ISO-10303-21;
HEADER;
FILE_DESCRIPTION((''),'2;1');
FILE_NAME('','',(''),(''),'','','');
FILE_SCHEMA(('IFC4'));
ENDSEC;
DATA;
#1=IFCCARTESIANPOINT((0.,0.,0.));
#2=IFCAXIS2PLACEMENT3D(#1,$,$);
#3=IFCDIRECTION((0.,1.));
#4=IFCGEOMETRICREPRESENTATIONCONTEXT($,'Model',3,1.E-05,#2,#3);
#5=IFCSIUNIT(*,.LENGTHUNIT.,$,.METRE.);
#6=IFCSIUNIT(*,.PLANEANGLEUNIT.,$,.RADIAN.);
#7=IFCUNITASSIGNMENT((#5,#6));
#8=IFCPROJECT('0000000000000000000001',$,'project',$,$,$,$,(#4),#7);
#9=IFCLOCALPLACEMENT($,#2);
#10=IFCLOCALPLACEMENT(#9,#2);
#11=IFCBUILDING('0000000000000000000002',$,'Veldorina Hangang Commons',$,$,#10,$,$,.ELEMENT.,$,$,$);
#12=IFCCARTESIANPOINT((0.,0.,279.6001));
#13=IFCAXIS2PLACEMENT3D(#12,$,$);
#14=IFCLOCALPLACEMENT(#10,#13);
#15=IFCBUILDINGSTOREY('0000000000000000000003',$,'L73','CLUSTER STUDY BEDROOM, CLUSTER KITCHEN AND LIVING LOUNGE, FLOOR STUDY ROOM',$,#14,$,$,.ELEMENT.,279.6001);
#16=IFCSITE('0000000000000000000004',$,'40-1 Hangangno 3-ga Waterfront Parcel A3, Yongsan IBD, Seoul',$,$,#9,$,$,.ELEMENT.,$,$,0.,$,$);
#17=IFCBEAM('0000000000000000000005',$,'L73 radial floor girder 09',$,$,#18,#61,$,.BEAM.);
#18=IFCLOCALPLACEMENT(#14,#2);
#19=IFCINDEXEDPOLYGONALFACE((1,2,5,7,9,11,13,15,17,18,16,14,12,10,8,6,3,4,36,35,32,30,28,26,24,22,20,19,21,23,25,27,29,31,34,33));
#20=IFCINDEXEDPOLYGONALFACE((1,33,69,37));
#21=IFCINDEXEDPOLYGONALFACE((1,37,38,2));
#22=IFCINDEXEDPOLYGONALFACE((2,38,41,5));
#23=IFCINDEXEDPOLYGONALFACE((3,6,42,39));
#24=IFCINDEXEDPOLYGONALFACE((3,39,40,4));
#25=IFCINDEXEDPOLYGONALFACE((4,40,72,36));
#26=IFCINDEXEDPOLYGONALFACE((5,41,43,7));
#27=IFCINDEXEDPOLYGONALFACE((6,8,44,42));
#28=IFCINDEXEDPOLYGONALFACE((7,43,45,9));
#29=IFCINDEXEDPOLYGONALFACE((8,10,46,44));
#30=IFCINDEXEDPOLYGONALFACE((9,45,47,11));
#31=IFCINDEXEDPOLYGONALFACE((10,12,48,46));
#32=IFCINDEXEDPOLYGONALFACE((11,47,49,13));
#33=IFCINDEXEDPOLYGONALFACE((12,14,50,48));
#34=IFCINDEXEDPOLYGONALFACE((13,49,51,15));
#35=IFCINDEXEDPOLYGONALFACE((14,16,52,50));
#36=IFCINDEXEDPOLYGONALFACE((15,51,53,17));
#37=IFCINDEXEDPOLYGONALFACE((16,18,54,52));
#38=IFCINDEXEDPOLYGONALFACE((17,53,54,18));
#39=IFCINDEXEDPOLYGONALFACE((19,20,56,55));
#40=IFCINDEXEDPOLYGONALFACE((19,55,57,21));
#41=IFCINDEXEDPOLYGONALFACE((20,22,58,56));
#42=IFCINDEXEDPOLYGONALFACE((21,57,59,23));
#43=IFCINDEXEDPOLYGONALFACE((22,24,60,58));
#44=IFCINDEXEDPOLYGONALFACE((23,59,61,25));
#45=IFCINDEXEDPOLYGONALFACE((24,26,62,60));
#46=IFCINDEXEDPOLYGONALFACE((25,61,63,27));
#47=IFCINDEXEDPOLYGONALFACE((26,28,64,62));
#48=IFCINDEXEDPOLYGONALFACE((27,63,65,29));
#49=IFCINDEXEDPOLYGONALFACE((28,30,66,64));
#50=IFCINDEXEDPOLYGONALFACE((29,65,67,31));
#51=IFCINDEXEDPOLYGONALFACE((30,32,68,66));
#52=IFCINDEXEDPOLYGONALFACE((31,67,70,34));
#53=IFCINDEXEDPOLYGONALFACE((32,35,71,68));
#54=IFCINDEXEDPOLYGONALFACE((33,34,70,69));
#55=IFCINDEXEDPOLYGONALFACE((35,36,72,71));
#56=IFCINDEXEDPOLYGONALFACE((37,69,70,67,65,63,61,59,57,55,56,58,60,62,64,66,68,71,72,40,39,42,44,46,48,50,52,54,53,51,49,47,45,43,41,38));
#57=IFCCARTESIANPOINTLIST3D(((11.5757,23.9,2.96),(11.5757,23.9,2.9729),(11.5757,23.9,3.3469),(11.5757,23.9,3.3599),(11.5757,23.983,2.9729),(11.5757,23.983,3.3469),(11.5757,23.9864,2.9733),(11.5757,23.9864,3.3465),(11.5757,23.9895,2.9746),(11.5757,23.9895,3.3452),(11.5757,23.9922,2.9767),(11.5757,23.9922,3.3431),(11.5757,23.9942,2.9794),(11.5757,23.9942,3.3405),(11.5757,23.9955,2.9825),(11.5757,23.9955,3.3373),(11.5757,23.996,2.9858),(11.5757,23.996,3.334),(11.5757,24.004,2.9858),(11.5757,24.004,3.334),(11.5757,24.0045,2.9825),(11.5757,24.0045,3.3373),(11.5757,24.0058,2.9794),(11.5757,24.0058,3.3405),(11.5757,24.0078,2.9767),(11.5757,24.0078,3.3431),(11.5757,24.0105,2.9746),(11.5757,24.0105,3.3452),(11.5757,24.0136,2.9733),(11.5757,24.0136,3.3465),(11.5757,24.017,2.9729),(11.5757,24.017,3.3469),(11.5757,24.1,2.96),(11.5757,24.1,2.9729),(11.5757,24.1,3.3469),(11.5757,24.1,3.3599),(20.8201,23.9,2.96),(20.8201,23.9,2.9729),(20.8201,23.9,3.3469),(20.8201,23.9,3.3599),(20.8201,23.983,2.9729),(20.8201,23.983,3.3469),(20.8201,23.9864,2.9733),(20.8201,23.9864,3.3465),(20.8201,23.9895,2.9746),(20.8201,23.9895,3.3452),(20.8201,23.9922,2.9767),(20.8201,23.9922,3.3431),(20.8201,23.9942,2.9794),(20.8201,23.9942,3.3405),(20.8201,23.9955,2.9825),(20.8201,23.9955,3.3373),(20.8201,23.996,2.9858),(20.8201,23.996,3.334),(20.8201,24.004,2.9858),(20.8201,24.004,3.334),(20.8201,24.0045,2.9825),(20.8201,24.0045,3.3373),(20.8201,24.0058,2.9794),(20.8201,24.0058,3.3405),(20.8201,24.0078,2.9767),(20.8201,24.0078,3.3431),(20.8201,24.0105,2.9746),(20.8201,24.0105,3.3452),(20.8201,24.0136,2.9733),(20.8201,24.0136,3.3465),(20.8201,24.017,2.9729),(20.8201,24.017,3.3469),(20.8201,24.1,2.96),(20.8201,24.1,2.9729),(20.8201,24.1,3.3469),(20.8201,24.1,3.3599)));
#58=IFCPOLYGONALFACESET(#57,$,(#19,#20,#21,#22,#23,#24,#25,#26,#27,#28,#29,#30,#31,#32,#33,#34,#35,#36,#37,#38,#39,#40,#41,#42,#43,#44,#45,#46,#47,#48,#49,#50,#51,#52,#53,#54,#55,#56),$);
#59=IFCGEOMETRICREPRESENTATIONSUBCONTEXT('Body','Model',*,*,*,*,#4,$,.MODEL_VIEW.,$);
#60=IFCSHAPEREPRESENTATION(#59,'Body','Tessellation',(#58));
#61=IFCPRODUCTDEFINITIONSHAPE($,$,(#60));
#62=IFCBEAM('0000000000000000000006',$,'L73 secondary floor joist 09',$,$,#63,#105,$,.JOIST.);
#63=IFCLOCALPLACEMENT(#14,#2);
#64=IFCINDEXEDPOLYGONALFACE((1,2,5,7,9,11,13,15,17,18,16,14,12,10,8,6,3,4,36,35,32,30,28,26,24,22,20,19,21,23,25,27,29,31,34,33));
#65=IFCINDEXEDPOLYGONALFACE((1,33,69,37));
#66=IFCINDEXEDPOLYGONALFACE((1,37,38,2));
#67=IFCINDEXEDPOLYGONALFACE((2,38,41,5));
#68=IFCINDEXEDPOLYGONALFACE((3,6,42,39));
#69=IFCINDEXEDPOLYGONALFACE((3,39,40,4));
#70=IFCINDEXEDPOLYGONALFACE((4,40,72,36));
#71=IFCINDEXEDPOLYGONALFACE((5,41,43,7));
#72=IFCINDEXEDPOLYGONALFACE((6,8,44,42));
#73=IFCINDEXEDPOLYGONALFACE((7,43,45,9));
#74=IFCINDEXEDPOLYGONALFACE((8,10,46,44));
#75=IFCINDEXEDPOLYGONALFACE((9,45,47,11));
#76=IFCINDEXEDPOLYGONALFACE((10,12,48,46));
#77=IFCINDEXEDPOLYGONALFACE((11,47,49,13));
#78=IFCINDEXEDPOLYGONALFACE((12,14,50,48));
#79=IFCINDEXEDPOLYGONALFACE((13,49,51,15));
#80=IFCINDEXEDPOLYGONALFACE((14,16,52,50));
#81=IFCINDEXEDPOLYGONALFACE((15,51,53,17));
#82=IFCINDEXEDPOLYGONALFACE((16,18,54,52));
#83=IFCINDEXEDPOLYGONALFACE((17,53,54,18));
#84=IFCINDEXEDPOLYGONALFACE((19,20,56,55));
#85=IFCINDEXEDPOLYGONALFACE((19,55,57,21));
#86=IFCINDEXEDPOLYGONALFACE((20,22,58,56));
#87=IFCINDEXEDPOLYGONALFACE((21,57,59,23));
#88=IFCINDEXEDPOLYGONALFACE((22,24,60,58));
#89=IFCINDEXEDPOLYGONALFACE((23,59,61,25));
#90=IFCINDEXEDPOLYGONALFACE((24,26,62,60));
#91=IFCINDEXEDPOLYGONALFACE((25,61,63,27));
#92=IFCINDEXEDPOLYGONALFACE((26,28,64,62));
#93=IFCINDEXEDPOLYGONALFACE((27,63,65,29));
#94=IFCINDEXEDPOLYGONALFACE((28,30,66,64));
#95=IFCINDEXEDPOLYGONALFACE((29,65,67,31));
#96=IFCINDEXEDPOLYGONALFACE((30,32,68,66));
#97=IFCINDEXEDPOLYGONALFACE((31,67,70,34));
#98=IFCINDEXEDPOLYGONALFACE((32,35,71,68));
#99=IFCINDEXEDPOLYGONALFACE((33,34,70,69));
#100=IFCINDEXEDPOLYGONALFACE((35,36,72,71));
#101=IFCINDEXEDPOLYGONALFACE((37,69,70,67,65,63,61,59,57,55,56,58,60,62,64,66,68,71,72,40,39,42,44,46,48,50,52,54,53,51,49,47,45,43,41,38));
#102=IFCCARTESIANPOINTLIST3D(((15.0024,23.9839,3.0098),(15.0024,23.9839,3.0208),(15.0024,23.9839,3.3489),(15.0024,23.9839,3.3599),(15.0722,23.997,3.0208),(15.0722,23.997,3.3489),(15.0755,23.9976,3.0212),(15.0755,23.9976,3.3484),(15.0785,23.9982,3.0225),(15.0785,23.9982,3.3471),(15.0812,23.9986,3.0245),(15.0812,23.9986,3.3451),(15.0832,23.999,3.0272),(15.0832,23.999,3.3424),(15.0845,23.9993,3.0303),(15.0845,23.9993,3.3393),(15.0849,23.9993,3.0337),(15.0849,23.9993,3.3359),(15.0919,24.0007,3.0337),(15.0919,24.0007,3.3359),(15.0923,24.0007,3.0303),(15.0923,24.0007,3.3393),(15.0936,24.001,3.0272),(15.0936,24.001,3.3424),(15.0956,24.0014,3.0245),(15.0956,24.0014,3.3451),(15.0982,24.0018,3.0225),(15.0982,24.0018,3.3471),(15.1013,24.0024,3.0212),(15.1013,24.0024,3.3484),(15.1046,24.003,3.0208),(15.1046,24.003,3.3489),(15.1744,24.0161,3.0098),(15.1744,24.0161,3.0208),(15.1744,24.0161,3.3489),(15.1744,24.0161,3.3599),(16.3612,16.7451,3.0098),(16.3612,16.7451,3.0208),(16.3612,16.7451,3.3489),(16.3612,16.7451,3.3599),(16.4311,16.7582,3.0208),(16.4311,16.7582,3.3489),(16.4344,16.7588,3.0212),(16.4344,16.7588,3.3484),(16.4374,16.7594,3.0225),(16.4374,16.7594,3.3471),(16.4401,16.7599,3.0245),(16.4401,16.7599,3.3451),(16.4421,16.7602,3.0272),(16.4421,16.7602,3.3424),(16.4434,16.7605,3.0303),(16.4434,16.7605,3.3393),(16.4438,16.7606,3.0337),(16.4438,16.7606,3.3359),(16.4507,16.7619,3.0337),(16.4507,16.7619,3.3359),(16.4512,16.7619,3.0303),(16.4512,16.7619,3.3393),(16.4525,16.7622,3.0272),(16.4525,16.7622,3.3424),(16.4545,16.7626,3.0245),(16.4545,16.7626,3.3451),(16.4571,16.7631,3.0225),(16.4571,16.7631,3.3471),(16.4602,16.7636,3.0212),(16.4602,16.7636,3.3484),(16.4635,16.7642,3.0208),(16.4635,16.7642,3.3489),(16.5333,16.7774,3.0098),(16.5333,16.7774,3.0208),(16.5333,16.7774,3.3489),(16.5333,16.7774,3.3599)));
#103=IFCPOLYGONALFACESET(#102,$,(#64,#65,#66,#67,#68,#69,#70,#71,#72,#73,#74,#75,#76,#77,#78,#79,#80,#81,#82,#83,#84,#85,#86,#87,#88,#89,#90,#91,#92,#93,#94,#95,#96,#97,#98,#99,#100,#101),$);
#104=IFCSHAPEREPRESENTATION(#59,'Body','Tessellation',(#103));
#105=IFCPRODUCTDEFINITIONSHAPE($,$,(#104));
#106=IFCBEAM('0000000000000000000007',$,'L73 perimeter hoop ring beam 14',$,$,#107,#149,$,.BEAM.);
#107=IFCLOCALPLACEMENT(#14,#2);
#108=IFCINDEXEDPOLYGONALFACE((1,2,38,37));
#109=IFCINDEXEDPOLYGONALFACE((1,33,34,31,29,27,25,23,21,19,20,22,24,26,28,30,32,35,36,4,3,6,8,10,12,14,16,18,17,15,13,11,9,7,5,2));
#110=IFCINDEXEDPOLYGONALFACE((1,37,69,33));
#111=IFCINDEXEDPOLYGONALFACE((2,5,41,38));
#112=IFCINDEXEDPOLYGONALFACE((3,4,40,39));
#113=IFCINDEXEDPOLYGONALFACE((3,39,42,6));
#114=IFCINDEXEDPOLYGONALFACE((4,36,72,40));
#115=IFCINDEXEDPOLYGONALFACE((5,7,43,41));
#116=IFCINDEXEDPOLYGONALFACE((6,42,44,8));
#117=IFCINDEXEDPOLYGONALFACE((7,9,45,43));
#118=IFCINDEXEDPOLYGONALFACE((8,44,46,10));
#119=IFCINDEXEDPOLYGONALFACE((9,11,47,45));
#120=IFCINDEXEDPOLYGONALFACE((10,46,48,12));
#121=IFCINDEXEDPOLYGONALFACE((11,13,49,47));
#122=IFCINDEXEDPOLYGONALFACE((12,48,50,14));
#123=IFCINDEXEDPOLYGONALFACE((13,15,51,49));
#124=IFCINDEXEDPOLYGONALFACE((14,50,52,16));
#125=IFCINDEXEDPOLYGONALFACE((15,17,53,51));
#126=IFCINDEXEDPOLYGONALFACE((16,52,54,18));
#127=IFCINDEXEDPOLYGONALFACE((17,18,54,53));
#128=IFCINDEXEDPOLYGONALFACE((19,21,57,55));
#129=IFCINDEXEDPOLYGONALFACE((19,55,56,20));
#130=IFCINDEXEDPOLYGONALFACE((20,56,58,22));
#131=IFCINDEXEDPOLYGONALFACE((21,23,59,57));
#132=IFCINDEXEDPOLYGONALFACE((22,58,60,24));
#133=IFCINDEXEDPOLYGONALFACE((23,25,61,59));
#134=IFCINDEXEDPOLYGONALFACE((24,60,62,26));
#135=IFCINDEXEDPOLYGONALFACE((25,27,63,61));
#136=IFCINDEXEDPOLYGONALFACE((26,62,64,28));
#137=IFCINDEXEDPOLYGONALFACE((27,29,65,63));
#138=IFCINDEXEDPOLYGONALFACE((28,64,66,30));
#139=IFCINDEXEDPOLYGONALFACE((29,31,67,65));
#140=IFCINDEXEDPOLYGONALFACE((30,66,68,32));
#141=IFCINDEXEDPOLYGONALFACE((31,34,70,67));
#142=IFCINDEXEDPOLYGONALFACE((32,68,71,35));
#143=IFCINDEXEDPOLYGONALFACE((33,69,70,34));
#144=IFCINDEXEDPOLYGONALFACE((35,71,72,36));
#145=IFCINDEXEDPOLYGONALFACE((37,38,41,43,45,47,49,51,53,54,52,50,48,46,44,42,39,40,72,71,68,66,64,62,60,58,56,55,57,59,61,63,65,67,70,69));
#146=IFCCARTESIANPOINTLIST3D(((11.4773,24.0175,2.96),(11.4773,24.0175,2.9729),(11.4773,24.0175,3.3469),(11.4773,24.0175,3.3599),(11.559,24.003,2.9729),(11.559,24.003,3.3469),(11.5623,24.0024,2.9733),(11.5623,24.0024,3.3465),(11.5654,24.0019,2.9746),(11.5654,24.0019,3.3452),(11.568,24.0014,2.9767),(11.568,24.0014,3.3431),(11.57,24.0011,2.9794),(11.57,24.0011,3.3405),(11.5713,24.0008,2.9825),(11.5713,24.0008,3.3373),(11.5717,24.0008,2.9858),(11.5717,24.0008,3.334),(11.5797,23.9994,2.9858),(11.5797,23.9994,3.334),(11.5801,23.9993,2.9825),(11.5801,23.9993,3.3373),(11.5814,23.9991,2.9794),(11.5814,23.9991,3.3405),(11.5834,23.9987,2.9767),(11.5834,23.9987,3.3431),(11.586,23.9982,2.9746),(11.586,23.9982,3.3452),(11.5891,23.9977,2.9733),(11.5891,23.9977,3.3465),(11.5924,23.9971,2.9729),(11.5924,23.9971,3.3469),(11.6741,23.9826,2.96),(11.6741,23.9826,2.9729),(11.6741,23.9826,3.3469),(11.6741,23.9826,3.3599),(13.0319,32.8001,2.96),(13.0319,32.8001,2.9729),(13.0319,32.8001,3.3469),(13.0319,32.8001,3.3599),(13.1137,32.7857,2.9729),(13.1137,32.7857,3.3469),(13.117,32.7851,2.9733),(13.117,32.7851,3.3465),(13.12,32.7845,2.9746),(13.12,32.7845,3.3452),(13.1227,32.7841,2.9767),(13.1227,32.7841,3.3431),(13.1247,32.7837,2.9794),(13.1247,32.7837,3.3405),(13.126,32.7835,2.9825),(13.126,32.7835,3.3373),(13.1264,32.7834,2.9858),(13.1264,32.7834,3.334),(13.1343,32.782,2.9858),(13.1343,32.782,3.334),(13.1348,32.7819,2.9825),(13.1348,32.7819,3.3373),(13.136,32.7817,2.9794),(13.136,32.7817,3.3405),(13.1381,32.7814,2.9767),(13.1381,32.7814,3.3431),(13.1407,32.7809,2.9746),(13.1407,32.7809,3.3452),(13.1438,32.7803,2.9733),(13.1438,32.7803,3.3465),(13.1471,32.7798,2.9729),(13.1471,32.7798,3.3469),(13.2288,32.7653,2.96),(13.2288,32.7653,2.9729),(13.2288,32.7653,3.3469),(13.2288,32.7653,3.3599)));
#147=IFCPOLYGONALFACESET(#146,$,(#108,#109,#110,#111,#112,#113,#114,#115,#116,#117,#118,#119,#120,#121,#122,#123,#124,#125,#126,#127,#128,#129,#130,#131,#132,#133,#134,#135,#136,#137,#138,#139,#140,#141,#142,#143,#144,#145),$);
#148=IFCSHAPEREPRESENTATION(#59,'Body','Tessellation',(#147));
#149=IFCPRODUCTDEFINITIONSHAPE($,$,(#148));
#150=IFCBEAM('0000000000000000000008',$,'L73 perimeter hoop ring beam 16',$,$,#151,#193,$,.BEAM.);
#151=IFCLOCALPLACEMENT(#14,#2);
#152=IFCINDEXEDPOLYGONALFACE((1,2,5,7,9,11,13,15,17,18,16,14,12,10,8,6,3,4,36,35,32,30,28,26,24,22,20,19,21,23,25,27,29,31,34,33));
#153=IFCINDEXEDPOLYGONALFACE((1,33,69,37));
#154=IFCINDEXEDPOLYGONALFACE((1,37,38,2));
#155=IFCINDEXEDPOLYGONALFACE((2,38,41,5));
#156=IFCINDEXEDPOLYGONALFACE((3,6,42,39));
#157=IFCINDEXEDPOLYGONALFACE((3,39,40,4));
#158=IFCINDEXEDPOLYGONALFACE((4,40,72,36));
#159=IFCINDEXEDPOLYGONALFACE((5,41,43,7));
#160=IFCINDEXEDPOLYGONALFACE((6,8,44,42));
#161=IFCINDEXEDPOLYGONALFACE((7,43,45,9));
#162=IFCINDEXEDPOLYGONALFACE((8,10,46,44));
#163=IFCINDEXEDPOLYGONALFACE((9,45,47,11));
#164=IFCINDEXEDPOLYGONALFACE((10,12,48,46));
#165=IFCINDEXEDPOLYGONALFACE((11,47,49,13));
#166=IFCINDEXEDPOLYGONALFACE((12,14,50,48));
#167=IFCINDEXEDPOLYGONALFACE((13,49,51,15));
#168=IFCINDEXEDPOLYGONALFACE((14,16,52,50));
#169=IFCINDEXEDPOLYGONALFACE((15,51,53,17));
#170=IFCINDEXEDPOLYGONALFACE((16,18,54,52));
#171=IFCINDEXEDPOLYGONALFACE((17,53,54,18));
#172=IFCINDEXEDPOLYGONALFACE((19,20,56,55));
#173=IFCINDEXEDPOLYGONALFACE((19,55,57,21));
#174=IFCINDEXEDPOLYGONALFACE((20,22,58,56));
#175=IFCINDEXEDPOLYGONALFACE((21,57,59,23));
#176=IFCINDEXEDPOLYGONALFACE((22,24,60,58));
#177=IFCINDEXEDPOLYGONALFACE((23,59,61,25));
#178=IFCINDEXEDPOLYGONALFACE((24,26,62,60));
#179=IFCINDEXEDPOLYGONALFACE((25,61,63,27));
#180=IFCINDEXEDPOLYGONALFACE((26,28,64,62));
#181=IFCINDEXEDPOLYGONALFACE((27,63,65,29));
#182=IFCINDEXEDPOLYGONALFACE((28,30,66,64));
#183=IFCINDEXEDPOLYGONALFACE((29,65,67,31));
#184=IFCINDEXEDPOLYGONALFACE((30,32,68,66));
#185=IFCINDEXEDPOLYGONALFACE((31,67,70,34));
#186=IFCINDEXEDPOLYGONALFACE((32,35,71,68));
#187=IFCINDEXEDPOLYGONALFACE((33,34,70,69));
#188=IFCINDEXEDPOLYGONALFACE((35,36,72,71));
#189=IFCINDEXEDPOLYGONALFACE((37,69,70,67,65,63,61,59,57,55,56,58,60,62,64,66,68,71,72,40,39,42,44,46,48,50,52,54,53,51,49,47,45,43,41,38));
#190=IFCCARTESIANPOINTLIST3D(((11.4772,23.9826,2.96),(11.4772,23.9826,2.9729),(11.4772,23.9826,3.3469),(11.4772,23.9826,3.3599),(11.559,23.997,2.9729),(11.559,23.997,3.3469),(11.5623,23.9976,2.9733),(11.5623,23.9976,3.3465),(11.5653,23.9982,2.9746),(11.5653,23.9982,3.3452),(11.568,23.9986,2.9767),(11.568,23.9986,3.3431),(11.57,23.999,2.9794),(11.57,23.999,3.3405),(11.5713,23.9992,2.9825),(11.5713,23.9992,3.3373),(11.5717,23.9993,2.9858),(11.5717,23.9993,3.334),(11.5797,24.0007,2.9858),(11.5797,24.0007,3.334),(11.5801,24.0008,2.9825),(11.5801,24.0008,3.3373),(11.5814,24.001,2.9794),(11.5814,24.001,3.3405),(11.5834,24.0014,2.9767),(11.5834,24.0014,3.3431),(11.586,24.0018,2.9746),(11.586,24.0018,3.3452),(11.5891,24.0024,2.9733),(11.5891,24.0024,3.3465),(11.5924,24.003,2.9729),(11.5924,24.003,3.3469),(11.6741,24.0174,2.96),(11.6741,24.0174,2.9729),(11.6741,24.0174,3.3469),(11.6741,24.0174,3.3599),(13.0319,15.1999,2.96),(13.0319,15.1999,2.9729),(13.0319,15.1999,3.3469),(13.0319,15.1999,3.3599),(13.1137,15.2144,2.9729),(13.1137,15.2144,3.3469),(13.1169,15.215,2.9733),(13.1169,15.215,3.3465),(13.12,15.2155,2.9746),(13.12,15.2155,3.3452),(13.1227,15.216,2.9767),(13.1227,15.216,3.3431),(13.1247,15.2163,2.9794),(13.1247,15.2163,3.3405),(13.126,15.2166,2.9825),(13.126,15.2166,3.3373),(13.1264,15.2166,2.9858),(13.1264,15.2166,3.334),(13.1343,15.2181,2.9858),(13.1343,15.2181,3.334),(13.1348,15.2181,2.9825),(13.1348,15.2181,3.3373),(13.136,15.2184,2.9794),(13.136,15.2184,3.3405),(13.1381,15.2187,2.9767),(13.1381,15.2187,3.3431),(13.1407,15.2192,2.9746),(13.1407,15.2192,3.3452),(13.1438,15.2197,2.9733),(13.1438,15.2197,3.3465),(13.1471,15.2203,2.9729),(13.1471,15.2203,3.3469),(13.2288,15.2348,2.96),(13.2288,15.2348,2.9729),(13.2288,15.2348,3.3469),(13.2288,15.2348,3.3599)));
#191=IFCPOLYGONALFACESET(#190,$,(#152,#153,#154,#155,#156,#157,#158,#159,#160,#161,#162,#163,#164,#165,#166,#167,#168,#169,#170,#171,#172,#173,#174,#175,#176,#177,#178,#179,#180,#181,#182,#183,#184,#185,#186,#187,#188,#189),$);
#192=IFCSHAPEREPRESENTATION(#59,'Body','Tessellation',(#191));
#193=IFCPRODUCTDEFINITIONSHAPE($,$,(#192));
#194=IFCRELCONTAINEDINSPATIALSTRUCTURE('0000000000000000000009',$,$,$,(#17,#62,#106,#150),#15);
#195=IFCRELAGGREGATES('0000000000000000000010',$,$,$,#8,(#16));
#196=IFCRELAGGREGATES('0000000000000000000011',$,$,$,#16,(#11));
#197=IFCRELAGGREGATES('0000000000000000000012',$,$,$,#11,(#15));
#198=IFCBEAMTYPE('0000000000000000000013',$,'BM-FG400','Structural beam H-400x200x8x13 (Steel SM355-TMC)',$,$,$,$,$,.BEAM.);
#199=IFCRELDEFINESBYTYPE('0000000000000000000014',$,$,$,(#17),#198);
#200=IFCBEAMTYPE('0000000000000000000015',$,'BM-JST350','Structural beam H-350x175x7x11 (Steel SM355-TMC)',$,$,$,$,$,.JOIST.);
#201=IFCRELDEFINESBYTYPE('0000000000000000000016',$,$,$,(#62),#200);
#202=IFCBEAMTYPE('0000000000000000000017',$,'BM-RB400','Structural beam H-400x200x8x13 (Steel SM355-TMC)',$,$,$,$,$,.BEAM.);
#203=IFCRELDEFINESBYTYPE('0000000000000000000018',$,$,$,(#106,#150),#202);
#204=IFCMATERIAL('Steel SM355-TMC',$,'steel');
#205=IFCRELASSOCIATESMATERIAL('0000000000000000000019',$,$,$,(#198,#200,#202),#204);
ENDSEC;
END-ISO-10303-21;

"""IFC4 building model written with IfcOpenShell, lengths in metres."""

from ifc_helpers import new_model, si_unit, direction, frame, origin, origin_2d, place, context, subcontext, project, spatial, i_section, extrude, material, material_profile, profile_set, type_object, element, save


model = new_model("IFC4")

# Units and contexts
model_context = context("Model", 3, precision=1e-05, world=origin(), true_north=direction((0.0, 1.0)))
body_context = subcontext(model_context, "Body", "Model", "MODEL_VIEW")
ifc_project = project(units=[si_unit("LENGTHUNIT", "METRE"), si_unit("PLANEANGLEUNIT", "RADIAN")], contexts=[model_context])

# Site, building, storey
site_placement = place(None, origin())
site = spatial("IfcSite", under=ifc_project, at=site_placement, Name="40-1 Hangangno 3-ga Waterfront Parcel A3, Yongsan IBD, Seoul", CompositionType="ELEMENT", RefElevation=0.0)
building_placement = place(site_placement, origin())
building = spatial("IfcBuilding", under=site, at=building_placement, Name="Veldorina Hangang Commons", CompositionType="ELEMENT")
storey_placement = place(building_placement, frame((0.0, 0.0, 279.6001)))
storey = spatial("IfcBuildingStorey", under=building, at=storey_placement, Name="L73", Description="CLUSTER STUDY BEDROOM, CLUSTER KITCHEN AND LIVING LOUNGE, FLOOR STUDY ROOM", CompositionType="ELEMENT", Elevation=279.6001)

# Beams
ifc_material_1 = material(Name="Steel SM355-TMC", Category="steel")
ifc_material_profile_1 = material_profile(ifc_material_1, i_section(OverallWidth=0.2, OverallDepth=0.3999, WebThickness=0.0081, FlangeThickness=0.0129, FilletRadius=0.0129, at=origin_2d()), Name="H-400x200x8x13")
ifc_profile_set_1 = profile_set([ifc_material_profile_1], Name="Steel SM355-TMC")
beam_type_1 = type_object("IfcBeamType", Name="BM-FG400", Description="Structural beam H-400x200x8x13 (Steel SM355-TMC)", PredefinedType="BEAM", material=ifc_profile_set_1)
beam_1_placement = place(storey_placement, frame((20.8201, 24.0, 3.1599), z_axis=(-1.0, 0.0, 0.0), x_axis=(0.0, -1.0, 0.0)))
element("IfcBeam", 1, at=beam_1_placement, inside=storey, type_object=beam_type_1, Name="L73 radial floor girder 09", PredefinedType="BEAM", context=body_context, shape_type="SweptSolid", body=[
    extrude(i_section(OverallWidth=0.2, OverallDepth=0.3999, WebThickness=0.0081, FlangeThickness=0.0129, FilletRadius=0.0129, at=origin_2d()), origin(), (0.0, 0.0, 1.0), 9.2444),
])
ifc_material_profile_2 = material_profile(ifc_material_1, i_section(OverallWidth=0.175, OverallDepth=0.3501, WebThickness=0.0071, FlangeThickness=0.011, FilletRadius=0.0129, at=origin_2d()), Name="H-350x175x7x11")
ifc_profile_set_2 = profile_set([ifc_material_profile_2], Name="Steel SM355-TMC")
beam_type_2 = type_object("IfcBeamType", Name="BM-JST350", Description="Structural beam H-350x175x7x11 (Steel SM355-TMC)", PredefinedType="JOIST", material=ifc_profile_set_2)
beam_2_placement = place(storey_placement, frame((15.0884, 24.0, 3.1848), z_axis=(0.184501, -0.982832, 0.0), x_axis=(0.982832, 0.184501, 0.0)))
element("IfcBeam", 2, at=beam_2_placement, inside=storey, type_object=beam_type_2, Name="L73 secondary floor joist 09", PredefinedType="JOIST", context=body_context, shape_type="SweptSolid", body=[
    extrude(i_section(OverallWidth=0.175, OverallDepth=0.3501, WebThickness=0.0071, FlangeThickness=0.011, FilletRadius=0.0129, at=origin_2d()), origin(), (0.0, 0.0, 1.0), 7.3652),
])
ifc_material_profile_3 = material_profile(ifc_material_1, i_section(OverallWidth=0.2, OverallDepth=0.3999, WebThickness=0.0081, FlangeThickness=0.0129, FilletRadius=0.0129, at=origin_2d()), Name="H-400x200x8x13")
ifc_profile_set_3 = profile_set([ifc_material_profile_3], Name="Steel SM355-TMC")
beam_type_3 = type_object("IfcBeamType", Name="BM-RB400", Description="Structural beam H-400x200x8x13 (Steel SM355-TMC)", PredefinedType="BEAM", material=ifc_profile_set_3)
for number, where, z_axis, x_axis, name in (
    (3, (13.1304, 32.7827, 3.1599), (-0.174307, -0.984691, 0.0), (0.984691, -0.174307, 0.0), "L73 perimeter hoop ring beam 14"),
    (4, (11.5757, 24.0, 3.1599), (0.174307, -0.984691, 0.0), (0.984691, 0.174307, 0.0), "L73 perimeter hoop ring beam 16"),
):
    element("IfcBeam", number, at=place(storey_placement, frame(where, z_axis=z_axis, x_axis=x_axis)), inside=storey, type_object=beam_type_3, Name=name, PredefinedType="BEAM", context=body_context, shape_type="SweptSolid", body=[
        extrude(i_section(OverallWidth=0.2, OverallDepth=0.3999, WebThickness=0.0081, FlangeThickness=0.0129, FilletRadius=0.0129, at=origin_2d()), origin(), (0.0, 0.0, 1.0), 8.9192),
    ])

save(model, "model.ifc")
